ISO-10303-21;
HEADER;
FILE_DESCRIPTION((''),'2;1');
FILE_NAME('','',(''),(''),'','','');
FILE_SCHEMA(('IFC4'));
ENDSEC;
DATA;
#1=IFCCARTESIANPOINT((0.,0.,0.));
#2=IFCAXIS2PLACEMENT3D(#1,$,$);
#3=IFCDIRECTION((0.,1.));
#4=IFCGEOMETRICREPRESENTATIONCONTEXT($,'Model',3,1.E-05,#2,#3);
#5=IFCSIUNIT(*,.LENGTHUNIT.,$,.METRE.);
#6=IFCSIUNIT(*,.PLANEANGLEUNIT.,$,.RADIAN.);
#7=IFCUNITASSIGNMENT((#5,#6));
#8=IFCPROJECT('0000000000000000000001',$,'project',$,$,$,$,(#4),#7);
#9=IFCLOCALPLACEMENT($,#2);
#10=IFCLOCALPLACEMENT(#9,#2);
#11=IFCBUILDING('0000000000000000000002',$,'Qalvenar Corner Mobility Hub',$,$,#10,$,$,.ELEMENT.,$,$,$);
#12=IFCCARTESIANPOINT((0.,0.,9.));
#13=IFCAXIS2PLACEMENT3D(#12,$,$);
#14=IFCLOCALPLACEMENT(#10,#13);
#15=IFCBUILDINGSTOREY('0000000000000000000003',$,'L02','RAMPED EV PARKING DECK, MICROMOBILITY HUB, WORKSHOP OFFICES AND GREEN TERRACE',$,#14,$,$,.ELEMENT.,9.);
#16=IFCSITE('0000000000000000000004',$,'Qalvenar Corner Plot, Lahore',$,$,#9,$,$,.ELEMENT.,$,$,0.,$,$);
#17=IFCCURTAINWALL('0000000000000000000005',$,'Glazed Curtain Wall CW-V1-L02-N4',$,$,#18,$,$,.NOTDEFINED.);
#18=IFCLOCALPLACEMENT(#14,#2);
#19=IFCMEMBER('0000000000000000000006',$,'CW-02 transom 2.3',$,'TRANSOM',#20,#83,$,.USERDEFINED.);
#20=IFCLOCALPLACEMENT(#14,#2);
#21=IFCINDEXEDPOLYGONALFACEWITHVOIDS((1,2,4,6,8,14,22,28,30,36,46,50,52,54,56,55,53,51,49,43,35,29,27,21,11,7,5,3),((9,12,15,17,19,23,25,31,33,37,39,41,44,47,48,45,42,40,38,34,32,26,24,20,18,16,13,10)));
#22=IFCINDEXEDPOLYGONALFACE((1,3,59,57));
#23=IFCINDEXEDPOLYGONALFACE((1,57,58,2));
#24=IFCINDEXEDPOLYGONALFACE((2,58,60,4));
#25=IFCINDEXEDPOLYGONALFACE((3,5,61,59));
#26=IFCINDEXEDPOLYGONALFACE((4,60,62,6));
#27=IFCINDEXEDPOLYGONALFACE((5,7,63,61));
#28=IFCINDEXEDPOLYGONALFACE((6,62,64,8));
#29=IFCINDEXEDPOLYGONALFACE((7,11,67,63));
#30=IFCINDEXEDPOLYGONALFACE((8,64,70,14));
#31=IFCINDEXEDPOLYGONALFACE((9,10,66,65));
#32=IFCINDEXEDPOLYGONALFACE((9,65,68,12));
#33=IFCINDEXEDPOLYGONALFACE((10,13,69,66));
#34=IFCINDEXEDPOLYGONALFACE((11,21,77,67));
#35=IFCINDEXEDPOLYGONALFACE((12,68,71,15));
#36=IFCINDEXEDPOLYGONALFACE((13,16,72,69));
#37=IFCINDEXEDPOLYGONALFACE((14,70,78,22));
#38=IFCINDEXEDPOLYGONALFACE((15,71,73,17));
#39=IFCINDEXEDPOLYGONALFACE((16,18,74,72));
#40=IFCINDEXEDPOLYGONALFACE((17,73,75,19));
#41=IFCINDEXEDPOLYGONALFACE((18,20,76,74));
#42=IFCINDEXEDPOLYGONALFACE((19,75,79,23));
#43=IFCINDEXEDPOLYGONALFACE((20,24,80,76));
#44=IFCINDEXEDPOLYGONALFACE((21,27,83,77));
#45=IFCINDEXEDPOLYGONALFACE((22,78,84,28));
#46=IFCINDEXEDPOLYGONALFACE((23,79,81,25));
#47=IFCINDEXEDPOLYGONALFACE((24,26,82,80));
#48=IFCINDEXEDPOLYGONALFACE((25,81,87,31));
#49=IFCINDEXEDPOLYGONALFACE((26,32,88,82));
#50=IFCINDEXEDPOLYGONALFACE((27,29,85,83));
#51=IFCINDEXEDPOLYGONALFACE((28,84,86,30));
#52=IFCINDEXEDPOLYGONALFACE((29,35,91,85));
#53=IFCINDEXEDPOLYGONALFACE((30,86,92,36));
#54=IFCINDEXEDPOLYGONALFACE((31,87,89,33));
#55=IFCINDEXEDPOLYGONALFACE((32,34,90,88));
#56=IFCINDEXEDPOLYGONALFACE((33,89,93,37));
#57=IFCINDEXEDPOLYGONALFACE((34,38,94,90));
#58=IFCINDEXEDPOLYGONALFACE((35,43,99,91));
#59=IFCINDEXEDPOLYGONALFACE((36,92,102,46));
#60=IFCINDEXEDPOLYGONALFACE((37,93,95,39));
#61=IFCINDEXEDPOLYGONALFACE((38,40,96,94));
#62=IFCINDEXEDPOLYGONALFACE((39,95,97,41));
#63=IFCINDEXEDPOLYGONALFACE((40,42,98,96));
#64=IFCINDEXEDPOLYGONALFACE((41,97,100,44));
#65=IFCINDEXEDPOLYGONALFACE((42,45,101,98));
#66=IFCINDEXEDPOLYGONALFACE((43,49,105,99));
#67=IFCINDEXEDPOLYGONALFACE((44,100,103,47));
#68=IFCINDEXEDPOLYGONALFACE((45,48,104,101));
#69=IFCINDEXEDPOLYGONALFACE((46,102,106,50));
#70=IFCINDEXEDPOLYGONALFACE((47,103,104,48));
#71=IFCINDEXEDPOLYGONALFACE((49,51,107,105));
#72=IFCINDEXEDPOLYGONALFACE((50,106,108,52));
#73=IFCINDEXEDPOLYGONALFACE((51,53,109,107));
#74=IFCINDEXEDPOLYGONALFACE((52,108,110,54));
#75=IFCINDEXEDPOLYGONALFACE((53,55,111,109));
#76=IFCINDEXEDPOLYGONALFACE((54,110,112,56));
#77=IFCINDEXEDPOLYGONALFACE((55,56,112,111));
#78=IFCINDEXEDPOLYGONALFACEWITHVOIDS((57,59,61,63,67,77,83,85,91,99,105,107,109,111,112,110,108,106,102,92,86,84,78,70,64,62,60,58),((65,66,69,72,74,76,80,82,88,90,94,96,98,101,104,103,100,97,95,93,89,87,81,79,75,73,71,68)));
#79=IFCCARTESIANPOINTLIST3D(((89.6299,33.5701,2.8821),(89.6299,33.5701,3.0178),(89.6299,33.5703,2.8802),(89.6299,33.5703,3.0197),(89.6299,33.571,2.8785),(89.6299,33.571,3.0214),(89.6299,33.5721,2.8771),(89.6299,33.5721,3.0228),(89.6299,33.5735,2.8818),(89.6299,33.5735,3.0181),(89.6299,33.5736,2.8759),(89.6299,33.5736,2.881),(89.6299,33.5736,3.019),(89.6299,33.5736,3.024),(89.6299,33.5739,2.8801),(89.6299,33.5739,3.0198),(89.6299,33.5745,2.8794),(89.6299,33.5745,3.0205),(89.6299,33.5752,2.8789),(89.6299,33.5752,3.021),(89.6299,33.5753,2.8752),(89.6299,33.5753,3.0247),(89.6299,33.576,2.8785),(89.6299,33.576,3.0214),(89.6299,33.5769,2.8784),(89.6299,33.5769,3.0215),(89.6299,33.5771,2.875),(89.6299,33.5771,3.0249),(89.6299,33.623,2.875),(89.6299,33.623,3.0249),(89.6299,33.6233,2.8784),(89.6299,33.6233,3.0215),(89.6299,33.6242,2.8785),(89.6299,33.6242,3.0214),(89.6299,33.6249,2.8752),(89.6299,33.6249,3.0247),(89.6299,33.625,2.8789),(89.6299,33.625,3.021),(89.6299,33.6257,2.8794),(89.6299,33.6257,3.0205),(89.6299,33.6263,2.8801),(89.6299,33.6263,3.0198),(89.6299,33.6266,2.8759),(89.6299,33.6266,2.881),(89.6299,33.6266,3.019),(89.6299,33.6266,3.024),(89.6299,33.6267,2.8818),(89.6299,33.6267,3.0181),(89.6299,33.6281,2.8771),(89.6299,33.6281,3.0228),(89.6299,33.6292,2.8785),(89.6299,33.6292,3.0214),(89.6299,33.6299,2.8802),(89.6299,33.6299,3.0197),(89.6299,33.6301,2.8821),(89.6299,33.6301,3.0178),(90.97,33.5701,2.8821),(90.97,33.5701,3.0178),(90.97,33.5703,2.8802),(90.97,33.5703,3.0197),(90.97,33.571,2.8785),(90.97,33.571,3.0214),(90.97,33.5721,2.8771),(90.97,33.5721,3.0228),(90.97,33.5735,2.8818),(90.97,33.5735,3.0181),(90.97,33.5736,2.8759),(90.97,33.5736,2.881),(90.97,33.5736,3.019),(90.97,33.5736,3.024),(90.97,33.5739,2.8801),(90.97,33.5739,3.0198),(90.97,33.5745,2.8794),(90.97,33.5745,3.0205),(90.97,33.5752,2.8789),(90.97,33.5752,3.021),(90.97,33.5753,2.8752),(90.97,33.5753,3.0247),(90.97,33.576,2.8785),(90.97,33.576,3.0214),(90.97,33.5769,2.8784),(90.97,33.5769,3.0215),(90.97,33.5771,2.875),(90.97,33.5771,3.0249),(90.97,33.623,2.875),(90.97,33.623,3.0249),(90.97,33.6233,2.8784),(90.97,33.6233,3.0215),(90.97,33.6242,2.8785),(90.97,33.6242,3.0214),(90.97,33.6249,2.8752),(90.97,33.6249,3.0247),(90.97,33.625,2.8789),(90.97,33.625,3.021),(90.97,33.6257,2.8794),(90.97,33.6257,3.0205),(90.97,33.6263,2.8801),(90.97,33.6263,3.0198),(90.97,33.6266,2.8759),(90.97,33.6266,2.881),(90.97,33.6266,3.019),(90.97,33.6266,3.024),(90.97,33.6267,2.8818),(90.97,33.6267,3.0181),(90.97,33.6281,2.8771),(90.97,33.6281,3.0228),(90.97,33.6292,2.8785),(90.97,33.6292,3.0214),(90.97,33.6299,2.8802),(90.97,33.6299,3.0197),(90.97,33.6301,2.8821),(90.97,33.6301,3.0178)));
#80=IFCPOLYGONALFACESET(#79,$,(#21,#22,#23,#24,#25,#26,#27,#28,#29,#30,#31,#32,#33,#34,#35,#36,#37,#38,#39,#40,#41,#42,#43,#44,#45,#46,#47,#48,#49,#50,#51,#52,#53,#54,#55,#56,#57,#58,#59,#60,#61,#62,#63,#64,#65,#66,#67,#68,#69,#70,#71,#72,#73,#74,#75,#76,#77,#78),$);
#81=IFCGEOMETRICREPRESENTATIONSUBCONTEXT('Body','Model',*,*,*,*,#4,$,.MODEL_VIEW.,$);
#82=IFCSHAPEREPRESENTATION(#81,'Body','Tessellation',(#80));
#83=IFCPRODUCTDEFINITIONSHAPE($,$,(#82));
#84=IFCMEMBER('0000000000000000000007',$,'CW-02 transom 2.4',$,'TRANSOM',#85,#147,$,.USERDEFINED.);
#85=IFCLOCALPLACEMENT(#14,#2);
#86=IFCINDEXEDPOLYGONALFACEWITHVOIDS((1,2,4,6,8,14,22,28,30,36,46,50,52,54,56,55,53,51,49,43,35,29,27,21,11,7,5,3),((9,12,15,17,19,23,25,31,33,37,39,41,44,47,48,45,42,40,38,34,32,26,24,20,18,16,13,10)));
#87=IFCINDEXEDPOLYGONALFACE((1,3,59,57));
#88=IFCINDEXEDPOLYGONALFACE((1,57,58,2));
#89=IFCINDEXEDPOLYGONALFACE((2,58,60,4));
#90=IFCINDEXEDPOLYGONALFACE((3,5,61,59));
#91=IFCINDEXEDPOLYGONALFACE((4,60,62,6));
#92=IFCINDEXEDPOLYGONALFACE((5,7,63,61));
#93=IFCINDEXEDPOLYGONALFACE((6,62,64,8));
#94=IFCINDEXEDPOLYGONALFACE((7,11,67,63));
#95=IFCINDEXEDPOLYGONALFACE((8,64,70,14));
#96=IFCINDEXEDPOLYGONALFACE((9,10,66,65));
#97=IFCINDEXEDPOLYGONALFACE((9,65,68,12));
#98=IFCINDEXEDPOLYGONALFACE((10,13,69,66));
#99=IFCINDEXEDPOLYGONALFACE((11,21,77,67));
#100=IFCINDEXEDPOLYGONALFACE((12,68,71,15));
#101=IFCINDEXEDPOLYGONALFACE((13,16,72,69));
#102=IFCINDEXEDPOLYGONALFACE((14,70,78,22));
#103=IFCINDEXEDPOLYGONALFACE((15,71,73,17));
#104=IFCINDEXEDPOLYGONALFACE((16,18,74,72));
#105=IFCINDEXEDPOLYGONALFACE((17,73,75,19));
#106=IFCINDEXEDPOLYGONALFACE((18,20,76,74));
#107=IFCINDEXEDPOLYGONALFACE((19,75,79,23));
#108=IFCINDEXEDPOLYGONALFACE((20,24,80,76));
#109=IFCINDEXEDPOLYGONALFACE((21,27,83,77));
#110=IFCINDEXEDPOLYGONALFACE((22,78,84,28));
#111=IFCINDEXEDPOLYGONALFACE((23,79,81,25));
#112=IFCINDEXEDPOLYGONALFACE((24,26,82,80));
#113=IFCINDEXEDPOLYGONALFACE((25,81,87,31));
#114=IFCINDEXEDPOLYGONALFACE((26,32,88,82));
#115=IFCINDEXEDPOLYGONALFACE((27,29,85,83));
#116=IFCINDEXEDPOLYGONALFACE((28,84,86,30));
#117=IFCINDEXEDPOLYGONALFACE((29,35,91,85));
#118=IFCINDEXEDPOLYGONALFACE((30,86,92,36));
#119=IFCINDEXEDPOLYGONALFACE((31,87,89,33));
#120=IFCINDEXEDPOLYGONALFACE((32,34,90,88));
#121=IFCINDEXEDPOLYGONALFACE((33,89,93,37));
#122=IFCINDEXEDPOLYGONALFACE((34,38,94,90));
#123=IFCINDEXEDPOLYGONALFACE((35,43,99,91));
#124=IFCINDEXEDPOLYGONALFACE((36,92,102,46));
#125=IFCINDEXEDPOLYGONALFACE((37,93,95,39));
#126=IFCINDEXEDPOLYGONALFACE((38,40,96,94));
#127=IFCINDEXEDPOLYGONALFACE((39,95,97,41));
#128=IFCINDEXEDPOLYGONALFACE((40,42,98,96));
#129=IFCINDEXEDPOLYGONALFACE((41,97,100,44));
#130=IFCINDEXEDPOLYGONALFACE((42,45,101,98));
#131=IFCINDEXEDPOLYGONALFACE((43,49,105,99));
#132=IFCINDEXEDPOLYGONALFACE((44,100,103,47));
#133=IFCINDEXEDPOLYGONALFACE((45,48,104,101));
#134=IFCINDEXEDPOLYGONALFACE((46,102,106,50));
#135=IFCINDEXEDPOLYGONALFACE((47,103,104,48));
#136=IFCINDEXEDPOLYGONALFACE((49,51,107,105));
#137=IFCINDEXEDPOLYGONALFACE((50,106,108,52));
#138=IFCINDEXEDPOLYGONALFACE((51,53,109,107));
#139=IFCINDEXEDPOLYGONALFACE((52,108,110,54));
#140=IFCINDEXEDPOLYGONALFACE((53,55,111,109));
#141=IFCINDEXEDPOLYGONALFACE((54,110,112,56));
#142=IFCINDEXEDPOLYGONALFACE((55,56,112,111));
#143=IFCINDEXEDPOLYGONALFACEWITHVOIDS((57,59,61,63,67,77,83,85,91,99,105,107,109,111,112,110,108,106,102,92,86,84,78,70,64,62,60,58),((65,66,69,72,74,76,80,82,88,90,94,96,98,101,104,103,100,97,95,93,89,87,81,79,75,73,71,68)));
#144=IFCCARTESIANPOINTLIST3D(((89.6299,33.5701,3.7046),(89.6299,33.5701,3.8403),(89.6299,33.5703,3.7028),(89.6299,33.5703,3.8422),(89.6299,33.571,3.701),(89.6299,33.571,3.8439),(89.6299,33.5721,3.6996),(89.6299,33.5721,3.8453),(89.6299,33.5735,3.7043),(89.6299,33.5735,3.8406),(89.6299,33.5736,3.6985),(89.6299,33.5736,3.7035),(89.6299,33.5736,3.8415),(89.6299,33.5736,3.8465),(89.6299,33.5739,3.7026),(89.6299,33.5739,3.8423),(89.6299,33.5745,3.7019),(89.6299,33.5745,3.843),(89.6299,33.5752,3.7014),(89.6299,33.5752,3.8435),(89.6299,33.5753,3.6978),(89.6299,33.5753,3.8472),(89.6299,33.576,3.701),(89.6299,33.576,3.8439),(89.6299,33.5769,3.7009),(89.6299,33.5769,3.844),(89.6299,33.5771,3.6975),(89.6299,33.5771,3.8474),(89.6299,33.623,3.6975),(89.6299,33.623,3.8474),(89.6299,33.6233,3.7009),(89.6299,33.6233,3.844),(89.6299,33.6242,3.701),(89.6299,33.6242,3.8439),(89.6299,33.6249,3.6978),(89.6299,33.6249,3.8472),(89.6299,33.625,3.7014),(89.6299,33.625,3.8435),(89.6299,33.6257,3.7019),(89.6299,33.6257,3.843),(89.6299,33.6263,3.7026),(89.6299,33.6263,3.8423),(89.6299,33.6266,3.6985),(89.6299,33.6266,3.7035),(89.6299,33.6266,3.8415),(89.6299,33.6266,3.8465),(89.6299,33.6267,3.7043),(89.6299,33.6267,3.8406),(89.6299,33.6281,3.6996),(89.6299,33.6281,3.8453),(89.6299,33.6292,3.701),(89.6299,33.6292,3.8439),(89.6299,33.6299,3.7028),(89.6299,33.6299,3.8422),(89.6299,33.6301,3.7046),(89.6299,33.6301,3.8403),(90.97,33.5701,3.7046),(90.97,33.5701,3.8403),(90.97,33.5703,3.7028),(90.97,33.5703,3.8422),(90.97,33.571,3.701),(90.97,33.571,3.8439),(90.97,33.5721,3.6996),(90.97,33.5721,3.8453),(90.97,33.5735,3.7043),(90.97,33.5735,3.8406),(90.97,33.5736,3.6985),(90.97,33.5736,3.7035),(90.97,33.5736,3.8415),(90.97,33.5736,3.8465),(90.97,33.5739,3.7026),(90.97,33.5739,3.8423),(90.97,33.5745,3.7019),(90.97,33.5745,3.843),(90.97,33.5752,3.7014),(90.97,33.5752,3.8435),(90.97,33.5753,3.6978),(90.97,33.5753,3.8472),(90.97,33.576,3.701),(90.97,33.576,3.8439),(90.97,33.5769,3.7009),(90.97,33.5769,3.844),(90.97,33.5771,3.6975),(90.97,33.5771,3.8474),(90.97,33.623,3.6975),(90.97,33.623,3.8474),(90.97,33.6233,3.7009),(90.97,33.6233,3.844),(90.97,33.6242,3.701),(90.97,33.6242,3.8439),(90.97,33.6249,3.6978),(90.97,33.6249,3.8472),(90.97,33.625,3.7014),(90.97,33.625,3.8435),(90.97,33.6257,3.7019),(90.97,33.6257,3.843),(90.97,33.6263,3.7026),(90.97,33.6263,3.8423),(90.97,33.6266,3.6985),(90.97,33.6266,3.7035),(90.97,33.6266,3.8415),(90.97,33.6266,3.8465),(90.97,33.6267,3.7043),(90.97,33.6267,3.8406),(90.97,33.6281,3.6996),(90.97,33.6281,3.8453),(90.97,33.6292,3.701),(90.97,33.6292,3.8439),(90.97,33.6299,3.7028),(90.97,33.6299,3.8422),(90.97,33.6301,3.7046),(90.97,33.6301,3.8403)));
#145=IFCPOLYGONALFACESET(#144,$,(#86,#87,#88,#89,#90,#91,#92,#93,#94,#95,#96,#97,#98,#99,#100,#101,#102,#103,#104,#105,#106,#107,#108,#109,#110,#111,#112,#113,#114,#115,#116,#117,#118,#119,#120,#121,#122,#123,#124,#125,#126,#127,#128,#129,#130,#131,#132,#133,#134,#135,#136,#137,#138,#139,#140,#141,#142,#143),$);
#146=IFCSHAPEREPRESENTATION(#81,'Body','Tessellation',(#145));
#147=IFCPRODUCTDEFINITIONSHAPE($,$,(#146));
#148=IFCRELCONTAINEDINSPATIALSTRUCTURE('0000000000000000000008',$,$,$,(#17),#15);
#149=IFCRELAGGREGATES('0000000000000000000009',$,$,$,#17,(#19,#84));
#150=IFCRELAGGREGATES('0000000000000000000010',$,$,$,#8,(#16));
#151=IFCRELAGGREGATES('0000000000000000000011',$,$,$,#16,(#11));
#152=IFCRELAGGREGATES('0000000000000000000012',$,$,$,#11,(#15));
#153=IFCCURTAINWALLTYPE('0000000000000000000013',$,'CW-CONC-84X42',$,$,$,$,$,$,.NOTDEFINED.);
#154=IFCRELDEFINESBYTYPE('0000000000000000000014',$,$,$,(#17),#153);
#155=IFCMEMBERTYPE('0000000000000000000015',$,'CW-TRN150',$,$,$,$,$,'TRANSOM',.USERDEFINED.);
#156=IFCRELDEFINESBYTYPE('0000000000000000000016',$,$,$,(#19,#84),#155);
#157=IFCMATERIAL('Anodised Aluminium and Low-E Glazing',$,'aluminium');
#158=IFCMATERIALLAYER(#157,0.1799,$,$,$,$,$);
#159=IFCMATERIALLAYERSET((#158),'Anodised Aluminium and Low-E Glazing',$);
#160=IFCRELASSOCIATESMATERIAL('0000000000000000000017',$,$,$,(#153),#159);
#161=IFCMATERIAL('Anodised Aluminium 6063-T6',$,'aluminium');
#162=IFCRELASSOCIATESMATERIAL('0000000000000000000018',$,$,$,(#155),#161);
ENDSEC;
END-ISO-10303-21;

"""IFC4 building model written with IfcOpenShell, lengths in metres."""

from ifc_helpers import new_model, si_unit, direction, frame, origin, origin_2d, place, context, subcontext, project, spatial, hollow_rectangle, extrude, material, layer, layer_set, material_profile, profile_set, type_object, element, aggregate, save


model = new_model("IFC4")

# Units and contexts
model_context = context("Model", 3, precision=1e-05, world=origin(), true_north=direction((0.0, 1.0)))
body_context = subcontext(model_context, "Body", "Model", "MODEL_VIEW")
ifc_project = project(units=[si_unit("LENGTHUNIT", "METRE"), si_unit("PLANEANGLEUNIT", "RADIAN")], contexts=[model_context])

# Site, building, storey
site_placement = place(None, origin())
site = spatial("IfcSite", under=ifc_project, at=site_placement, Name="Qalvenar Corner Plot, Lahore", CompositionType="ELEMENT", RefElevation=0.0)
building_placement = place(site_placement, origin())
building = spatial("IfcBuilding", under=site, at=building_placement, Name="Qalvenar Corner Mobility Hub", CompositionType="ELEMENT")
storey_placement = place(building_placement, frame((0.0, 0.0, 9.0)))
storey = spatial("IfcBuildingStorey", under=building, at=storey_placement, Name="L02", Description="RAMPED EV PARKING DECK, MICROMOBILITY HUB, WORKSHOP OFFICES AND GREEN TERRACE", CompositionType="ELEMENT", Elevation=9.0)

# Curtain wall, members
ifc_material_1 = material(Name="Anodised Aluminium and Low-E Glazing", Category="aluminium")
ifc_layer_1 = layer(ifc_material_1, 0.1799)
ifc_layer_set_1 = layer_set([ifc_layer_1], Name="Anodised Aluminium and Low-E Glazing")
curtain_wall_type = type_object("IfcCurtainWallType", Name="CW-CONC-84X42", PredefinedType="NOTDEFINED", material=ifc_layer_set_1)
curtain_wall_placement = place(storey_placement, origin())
curtain_wall = element("IfcCurtainWall", 1, at=curtain_wall_placement, inside=storey, type_object=curtain_wall_type, Name="Glazed Curtain Wall CW-V1-L02-N4", PredefinedType="NOTDEFINED")
ifc_material_2 = material(Name="Anodised Aluminium 6063-T6", Category="aluminium")
ifc_material_profile_1 = material_profile(ifc_material_2, hollow_rectangle(XDim=0.0601, YDim=0.1499, WallThickness=0.0034, InnerFilletRadius=0.0034, OuterFilletRadius=0.0071, at=origin_2d()), Name="RHS150x60x3.5")
ifc_profile_set_1 = profile_set([ifc_material_profile_1], Name="Anodised Aluminium 6063-T6")
member_type_1 = type_object("IfcMemberType", Name="CW-TRN150", ElementType="TRANSOM", PredefinedType="USERDEFINED", material=ifc_profile_set_1)
member_1_placement = place(storey_placement, frame((90.97, 33.6001, 2.95), z_axis=(-1.0, 0.0, 0.0), x_axis=(0.0, -1.0, 0.0)))
member_1 = element("IfcMember", 2, at=member_1_placement, type_object=member_type_1, Name="CW-02 transom 2.3", ObjectType="TRANSOM", PredefinedType="USERDEFINED", context=body_context, shape_type="SweptSolid", body=[
    extrude(hollow_rectangle(XDim=0.0601, YDim=0.1499, WallThickness=0.0034, InnerFilletRadius=0.0034, OuterFilletRadius=0.0071, at=origin_2d()), origin(), (0.0, 0.0, 1.0), 1.3401),
])
member_2_placement = place(storey_placement, frame((90.97, 33.6001, 3.7725), z_axis=(-1.0, 0.0, 0.0), x_axis=(0.0, -1.0, 0.0)))
member_2 = element("IfcMember", 3, at=member_2_placement, type_object=member_type_1, Name="CW-02 transom 2.4", ObjectType="TRANSOM", PredefinedType="USERDEFINED", context=body_context, shape_type="SweptSolid", body=[
    extrude(hollow_rectangle(XDim=0.0601, YDim=0.1499, WallThickness=0.0034, InnerFilletRadius=0.0034, OuterFilletRadius=0.0071, at=origin_2d()), origin(), (0.0, 0.0, 1.0), 1.3401),
])
aggregate(curtain_wall, [member_1, member_2])

save(model, "model.ifc")
